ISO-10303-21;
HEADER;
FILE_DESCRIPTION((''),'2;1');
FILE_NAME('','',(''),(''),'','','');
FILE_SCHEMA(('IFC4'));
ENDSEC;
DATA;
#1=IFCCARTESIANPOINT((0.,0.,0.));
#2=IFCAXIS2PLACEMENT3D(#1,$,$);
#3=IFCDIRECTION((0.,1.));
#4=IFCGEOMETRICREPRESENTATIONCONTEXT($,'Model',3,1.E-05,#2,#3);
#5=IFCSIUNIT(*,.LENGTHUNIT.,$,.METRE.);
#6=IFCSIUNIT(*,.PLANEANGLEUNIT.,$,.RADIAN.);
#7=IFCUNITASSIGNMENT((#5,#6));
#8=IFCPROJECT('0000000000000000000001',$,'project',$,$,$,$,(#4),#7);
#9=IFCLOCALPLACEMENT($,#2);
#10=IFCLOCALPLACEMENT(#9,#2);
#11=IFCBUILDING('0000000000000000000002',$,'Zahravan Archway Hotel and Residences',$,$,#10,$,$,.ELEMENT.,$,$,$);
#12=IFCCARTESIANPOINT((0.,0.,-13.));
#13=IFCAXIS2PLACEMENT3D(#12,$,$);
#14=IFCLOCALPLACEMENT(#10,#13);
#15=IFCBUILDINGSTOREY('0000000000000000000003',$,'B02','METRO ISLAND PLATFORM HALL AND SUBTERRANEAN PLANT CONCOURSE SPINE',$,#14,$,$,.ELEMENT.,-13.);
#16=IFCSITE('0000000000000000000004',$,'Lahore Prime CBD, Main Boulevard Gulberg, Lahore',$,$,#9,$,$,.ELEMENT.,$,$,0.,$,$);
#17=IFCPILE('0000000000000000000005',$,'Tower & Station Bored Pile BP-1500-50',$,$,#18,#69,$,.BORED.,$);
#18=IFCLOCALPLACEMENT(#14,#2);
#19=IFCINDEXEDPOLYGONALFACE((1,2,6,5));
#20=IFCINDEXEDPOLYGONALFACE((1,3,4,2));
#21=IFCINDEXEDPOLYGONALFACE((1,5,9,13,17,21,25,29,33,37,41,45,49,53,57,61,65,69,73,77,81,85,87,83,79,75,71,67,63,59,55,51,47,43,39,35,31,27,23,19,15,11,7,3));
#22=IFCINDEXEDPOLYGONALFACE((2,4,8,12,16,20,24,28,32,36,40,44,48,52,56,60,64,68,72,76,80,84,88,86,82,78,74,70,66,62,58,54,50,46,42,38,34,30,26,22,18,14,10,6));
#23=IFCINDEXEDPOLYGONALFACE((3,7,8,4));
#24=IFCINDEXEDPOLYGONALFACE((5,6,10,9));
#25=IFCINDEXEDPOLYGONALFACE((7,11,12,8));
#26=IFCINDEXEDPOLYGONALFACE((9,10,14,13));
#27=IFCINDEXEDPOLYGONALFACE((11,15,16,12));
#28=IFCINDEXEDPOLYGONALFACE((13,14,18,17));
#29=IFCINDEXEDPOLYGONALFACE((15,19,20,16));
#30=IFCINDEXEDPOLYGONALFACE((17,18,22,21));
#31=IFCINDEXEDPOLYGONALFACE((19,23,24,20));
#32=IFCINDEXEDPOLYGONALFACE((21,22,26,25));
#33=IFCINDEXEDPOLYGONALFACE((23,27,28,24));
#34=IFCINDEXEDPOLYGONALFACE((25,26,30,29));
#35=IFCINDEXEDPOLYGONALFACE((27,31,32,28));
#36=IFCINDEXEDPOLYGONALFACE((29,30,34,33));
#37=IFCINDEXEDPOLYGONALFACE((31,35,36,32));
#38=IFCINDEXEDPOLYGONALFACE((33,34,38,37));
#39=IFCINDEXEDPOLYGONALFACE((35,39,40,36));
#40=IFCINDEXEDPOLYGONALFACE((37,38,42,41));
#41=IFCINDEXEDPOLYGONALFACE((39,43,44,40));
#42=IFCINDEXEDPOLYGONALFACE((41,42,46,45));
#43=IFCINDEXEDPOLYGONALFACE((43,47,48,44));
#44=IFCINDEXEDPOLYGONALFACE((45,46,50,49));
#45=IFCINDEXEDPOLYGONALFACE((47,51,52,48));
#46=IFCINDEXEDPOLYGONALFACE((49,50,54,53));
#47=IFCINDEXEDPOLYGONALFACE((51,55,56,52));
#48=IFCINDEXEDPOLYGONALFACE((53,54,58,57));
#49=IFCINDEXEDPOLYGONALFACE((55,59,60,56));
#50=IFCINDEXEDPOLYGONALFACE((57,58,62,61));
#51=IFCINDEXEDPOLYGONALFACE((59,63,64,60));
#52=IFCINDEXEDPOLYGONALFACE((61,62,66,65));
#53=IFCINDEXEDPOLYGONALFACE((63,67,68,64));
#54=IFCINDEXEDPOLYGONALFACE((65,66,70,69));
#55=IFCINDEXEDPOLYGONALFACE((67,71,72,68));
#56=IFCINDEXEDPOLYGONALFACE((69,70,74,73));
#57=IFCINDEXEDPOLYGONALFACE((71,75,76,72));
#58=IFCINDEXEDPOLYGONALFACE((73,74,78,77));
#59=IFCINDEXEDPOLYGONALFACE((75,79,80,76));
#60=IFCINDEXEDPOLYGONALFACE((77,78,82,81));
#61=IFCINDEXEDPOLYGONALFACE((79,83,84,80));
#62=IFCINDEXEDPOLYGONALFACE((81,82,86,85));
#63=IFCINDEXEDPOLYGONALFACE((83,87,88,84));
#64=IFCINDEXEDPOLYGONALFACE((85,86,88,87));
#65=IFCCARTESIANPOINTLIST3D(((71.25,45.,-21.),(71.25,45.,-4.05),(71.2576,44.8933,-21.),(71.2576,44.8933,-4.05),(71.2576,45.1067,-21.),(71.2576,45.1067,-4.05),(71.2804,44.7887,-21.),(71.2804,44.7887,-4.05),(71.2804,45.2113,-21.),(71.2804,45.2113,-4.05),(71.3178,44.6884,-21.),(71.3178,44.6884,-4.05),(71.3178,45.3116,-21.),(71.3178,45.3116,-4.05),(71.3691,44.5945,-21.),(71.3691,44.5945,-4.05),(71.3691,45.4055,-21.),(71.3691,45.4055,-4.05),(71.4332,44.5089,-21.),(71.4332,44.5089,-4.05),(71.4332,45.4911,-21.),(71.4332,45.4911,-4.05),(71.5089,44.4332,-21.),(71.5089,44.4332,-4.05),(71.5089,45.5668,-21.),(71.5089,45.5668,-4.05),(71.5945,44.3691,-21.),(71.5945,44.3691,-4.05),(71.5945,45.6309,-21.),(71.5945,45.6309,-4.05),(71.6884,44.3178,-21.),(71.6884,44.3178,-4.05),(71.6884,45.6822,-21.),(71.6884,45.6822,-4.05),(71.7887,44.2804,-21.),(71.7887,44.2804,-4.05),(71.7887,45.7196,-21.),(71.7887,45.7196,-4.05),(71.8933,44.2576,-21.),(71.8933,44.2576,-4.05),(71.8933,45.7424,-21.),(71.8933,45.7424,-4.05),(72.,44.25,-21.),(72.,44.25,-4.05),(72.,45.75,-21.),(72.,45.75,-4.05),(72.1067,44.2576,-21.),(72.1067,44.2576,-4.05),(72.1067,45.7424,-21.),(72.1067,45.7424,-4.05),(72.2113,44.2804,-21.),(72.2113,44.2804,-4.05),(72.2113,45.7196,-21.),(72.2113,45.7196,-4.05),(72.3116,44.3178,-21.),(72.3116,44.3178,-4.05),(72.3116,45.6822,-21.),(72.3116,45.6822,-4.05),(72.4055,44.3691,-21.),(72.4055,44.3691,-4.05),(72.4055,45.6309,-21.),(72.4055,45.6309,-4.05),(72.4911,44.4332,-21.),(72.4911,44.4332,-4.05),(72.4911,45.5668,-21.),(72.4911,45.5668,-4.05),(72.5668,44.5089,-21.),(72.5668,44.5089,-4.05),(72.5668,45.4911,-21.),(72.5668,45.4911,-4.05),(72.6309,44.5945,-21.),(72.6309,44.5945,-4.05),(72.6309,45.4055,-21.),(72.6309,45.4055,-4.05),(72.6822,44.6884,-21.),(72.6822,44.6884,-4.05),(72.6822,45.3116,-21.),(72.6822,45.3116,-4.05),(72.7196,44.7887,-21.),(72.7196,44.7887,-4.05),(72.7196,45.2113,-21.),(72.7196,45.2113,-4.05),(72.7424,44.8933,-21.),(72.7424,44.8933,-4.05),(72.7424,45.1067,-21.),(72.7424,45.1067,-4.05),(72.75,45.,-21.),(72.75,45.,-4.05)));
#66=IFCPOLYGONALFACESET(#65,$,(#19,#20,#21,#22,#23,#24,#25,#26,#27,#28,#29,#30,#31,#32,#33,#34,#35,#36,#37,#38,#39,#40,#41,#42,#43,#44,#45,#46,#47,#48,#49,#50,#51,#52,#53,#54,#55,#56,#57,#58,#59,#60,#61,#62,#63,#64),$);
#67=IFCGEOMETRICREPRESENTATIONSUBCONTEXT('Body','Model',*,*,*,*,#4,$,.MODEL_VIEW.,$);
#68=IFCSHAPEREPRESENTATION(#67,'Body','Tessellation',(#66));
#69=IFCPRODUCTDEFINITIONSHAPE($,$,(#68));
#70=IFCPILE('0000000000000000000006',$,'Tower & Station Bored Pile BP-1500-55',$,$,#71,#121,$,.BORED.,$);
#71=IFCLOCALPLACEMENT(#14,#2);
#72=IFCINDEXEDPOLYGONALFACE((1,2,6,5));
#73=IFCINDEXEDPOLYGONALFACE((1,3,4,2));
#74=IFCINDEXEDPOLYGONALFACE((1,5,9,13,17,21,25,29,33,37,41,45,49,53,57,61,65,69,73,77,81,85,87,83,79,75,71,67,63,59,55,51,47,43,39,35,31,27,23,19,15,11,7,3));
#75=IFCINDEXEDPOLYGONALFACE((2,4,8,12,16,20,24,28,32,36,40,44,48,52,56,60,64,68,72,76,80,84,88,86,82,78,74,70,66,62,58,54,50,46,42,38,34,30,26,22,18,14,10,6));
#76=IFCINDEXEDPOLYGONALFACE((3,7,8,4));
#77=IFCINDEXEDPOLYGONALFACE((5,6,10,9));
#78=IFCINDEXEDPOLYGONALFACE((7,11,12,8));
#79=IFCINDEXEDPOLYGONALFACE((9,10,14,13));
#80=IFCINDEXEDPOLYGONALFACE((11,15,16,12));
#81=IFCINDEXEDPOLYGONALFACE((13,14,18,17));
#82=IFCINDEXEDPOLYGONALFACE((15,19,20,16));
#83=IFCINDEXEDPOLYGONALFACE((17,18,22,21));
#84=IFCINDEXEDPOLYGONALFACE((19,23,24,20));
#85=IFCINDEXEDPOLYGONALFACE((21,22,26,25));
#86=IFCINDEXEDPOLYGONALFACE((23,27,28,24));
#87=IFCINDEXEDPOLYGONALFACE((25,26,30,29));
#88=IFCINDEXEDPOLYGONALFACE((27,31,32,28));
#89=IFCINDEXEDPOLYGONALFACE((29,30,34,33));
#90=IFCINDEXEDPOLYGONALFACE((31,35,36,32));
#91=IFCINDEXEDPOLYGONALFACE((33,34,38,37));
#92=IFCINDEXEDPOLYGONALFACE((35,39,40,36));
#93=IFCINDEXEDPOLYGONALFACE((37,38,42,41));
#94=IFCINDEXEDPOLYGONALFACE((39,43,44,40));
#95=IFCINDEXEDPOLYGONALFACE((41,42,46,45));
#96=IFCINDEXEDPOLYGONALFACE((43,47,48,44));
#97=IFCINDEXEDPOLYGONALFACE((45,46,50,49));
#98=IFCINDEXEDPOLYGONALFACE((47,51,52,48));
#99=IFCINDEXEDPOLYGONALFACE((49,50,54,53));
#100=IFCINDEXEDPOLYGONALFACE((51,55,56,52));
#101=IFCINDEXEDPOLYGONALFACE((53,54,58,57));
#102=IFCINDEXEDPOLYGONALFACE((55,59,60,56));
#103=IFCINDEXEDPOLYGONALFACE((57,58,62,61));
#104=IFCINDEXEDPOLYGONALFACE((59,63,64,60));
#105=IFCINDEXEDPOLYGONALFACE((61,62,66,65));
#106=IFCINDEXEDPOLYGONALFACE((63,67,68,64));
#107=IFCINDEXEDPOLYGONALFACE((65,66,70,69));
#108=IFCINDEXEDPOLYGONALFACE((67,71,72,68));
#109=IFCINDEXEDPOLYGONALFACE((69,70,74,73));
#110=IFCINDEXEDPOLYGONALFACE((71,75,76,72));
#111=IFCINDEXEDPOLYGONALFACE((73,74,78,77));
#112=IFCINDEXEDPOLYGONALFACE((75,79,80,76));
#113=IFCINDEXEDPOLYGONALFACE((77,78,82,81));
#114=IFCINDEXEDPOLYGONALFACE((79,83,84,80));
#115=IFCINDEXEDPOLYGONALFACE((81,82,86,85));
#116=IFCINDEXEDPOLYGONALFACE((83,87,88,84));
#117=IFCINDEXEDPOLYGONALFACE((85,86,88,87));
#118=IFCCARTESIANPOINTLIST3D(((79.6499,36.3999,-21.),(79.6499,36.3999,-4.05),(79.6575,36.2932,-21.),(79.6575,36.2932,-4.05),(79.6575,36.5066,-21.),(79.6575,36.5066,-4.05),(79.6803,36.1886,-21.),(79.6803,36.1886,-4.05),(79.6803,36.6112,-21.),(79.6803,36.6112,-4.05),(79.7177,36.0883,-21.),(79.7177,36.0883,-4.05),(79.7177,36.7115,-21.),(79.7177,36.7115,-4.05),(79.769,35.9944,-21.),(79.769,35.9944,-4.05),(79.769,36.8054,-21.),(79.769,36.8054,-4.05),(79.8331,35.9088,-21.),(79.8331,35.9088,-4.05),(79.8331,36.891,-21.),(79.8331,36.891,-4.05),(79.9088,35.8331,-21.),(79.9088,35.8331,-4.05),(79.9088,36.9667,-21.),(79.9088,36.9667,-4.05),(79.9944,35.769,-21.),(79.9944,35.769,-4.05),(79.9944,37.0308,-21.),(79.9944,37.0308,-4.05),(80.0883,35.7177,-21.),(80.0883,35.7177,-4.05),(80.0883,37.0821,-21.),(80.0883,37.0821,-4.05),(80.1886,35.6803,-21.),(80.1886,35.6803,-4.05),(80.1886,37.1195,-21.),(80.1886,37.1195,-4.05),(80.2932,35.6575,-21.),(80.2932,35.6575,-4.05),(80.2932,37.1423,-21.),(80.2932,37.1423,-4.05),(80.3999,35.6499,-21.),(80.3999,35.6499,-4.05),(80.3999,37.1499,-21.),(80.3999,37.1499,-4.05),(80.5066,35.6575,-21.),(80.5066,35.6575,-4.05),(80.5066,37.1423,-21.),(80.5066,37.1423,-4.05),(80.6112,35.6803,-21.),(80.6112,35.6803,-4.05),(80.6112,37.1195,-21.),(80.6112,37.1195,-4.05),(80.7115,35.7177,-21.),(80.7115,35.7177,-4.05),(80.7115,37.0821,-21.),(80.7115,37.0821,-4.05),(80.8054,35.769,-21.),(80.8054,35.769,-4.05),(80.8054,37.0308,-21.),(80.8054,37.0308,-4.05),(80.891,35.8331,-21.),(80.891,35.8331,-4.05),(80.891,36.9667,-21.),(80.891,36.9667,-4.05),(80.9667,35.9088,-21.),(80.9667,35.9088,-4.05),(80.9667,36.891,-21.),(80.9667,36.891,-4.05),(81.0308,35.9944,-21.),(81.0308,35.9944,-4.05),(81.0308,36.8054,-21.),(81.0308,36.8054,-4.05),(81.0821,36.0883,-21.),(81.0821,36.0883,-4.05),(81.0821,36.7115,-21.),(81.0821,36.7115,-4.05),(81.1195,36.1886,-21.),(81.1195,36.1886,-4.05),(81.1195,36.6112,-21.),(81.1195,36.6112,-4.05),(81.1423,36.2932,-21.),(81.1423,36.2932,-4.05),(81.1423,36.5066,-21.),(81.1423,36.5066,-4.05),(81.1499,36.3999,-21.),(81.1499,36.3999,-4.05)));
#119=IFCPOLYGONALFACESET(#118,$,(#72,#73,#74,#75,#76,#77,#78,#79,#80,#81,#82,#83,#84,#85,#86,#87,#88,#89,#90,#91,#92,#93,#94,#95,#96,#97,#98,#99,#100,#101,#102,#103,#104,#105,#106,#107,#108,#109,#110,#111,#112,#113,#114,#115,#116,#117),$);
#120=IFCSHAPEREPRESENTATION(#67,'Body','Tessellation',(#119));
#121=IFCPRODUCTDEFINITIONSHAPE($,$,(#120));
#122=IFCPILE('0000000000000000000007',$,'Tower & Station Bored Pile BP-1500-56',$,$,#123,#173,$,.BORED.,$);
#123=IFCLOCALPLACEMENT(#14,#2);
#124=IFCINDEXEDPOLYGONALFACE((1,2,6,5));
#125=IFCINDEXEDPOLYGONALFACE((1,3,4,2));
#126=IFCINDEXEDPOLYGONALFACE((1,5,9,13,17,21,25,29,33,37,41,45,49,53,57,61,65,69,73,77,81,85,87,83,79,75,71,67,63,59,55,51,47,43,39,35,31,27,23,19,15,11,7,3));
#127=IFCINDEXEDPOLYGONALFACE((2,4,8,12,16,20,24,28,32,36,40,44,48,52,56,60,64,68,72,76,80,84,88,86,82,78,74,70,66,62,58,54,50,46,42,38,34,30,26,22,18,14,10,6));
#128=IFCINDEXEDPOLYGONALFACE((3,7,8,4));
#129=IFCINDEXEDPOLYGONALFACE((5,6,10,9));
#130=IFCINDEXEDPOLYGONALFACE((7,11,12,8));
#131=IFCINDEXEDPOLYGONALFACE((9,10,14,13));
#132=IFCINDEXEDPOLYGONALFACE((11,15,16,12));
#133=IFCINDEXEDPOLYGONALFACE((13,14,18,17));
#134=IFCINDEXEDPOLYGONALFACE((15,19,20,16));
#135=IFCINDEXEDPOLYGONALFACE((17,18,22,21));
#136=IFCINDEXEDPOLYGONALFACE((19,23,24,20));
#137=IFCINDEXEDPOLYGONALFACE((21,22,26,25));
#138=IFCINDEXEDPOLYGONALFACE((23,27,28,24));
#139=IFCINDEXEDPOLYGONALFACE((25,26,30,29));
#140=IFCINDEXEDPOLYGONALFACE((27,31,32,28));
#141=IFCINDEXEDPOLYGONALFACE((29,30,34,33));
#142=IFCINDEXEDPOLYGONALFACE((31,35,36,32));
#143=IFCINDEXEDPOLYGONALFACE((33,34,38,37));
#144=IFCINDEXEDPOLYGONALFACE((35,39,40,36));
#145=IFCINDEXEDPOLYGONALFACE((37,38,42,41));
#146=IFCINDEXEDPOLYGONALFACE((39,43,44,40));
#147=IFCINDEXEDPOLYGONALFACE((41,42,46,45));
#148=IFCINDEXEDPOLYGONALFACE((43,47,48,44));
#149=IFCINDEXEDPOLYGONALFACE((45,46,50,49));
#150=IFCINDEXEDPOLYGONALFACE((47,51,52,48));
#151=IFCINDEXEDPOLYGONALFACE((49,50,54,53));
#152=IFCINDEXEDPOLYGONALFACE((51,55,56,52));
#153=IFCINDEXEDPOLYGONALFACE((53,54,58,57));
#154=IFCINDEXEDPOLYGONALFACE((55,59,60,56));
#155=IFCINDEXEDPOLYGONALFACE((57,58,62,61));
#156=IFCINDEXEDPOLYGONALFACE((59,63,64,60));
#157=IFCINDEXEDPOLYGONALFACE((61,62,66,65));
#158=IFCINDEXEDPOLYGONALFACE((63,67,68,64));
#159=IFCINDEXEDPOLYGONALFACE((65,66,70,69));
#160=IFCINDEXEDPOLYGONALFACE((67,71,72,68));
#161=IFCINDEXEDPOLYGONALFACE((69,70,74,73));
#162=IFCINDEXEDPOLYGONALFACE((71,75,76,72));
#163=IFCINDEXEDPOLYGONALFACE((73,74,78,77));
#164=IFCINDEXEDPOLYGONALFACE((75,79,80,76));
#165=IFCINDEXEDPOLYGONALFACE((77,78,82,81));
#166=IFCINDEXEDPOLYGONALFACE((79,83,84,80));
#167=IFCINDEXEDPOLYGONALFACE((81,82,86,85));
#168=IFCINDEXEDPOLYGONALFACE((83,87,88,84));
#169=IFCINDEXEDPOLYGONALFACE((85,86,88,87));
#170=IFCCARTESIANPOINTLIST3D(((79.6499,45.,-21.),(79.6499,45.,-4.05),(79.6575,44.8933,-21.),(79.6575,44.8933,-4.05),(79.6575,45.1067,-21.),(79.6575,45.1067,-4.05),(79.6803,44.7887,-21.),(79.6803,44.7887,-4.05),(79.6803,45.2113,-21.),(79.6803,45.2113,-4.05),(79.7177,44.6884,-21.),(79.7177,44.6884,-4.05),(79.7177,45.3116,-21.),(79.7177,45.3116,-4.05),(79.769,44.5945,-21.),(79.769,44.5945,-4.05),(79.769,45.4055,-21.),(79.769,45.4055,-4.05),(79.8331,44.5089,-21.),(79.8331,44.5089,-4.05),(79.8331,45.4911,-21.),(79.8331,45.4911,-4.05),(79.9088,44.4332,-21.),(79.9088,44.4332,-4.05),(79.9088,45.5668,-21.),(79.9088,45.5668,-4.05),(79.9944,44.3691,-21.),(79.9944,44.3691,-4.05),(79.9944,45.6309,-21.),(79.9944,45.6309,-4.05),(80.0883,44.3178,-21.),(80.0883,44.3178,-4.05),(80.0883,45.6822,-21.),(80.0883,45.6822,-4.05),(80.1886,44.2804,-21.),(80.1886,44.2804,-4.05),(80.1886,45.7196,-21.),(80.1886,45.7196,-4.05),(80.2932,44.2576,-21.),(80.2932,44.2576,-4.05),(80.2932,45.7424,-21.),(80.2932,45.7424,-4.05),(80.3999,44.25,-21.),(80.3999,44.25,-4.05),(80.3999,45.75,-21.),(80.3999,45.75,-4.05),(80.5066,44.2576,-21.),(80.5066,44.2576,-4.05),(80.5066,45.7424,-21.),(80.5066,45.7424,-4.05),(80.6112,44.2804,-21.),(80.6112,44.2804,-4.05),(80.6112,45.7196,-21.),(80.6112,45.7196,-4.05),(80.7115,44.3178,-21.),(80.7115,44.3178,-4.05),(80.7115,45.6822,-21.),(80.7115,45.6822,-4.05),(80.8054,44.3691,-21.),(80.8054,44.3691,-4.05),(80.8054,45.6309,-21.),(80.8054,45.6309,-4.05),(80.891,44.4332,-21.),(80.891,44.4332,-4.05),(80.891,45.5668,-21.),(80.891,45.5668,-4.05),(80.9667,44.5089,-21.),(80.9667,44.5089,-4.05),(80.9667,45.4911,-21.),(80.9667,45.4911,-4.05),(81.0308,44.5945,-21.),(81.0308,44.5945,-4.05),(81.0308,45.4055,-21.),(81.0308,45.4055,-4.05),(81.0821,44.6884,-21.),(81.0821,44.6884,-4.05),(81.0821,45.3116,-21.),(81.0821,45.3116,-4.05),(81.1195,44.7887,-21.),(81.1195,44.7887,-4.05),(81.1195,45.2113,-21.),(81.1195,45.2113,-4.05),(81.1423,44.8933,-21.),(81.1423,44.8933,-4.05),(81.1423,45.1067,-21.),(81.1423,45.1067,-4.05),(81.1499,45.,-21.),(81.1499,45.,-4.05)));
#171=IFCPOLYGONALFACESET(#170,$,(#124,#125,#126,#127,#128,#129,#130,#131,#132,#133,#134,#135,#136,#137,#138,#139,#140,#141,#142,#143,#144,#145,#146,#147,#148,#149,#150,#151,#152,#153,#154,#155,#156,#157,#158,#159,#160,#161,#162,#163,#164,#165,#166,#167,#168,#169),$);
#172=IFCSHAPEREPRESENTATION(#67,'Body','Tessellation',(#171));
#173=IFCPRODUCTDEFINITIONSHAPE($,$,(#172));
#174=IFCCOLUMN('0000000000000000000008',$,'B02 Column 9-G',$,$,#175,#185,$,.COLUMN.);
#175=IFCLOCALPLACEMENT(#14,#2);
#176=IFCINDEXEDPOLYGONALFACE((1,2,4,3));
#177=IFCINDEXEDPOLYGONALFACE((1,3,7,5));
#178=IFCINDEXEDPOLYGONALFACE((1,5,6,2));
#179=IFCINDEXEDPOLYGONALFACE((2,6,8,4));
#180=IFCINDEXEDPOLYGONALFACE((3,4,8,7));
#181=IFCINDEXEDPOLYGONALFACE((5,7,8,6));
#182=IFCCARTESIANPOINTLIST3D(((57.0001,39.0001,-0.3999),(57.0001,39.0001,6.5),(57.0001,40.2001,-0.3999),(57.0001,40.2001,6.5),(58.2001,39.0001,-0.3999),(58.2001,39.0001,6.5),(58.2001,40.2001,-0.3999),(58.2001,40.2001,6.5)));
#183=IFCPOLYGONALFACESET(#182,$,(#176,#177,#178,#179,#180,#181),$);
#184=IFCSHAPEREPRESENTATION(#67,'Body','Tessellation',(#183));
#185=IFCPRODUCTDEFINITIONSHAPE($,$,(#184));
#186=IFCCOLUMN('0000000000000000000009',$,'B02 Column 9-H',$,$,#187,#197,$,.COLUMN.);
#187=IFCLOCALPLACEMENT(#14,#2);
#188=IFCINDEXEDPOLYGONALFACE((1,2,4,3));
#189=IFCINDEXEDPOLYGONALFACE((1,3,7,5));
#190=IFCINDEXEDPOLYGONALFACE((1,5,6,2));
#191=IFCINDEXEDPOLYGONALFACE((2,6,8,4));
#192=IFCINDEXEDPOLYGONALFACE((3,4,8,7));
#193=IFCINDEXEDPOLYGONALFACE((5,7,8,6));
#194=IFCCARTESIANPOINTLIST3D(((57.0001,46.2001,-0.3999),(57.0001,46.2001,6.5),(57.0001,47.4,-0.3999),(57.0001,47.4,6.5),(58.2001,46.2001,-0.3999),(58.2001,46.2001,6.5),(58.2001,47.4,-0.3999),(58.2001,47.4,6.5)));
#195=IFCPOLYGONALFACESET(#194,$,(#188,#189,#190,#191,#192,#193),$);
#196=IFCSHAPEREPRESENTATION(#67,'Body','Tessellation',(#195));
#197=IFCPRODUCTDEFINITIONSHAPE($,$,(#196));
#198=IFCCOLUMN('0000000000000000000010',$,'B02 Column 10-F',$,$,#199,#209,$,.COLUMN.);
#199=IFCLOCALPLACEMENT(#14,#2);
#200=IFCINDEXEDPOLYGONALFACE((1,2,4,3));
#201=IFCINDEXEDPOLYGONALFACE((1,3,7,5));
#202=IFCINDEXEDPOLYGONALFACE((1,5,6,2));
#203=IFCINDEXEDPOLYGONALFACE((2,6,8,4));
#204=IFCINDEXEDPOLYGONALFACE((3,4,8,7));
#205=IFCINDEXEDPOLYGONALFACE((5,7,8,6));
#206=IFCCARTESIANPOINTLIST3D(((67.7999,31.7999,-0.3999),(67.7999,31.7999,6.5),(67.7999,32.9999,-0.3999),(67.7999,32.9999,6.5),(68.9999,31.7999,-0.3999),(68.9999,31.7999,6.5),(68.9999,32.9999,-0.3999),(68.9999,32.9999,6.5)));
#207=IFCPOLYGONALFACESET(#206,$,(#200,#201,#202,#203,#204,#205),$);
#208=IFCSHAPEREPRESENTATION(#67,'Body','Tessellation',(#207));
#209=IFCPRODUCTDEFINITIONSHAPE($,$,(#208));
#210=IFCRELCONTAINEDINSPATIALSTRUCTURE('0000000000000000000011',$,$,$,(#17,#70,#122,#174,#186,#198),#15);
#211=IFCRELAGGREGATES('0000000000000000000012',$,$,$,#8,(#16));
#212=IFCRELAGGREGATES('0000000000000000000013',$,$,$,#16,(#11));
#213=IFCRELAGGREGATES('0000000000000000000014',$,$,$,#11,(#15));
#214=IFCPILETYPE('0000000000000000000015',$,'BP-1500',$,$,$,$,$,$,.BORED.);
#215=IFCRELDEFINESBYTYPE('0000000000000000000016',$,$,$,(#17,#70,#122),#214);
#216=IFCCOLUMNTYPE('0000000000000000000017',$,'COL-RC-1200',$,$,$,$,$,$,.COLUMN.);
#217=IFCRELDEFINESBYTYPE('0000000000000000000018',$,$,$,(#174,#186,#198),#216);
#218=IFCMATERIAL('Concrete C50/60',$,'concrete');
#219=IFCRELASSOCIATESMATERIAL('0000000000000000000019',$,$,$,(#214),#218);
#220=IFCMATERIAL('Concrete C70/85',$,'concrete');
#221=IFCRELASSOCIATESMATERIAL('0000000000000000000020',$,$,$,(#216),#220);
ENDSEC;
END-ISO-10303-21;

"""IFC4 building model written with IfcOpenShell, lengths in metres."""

from ifc_helpers import new_model, si_unit, direction, frame, origin, origin_2d, place, context, subcontext, project, spatial, rectangle, circle, extrude, source, transform, mapped, material, material_profile, profile_set, type_object, type_shapes, element, save


model = new_model("IFC4")

# Units and contexts
model_context = context("Model", 3, precision=1e-05, world=origin(), true_north=direction((0.0, 1.0)))
body_context = subcontext(model_context, "Body", "Model", "MODEL_VIEW")
ifc_project = project(units=[si_unit("LENGTHUNIT", "METRE"), si_unit("PLANEANGLEUNIT", "RADIAN")], contexts=[model_context])

# Site, building, storey
site_placement = place(None, origin())
site = spatial("IfcSite", under=ifc_project, at=site_placement, Name="Lahore Prime CBD, Main Boulevard Gulberg, Lahore", CompositionType="ELEMENT", RefElevation=0.0)
building_placement = place(site_placement, origin())
building = spatial("IfcBuilding", under=site, at=building_placement, Name="Zahravan Archway Hotel and Residences", CompositionType="ELEMENT")
storey_placement = place(building_placement, frame((0.0, 0.0, -13.0)))
storey = spatial("IfcBuildingStorey", under=building, at=storey_placement, Name="B02", Description="METRO ISLAND PLATFORM HALL AND SUBTERRANEAN PLANT CONCOURSE SPINE", CompositionType="ELEMENT", Elevation=-13.0)

# Piles
ifc_material_1 = material(Name="Concrete C50/60", Category="concrete")
ifc_material_profile_1 = material_profile(ifc_material_1, circle(Radius=0.75, at=origin_2d()), Name="PILE D1500", Category="concrete")
ifc_profile_set_1 = profile_set([ifc_material_profile_1], Name="Concrete C50/60")
pile_type = type_object("IfcPileType", Name="BP-1500", PredefinedType="BORED", material=ifc_profile_set_1)
shared_shape_1 = source(origin(), body_context, "Body", "SweptSolid", [
    extrude(circle(Radius=0.75, at=origin_2d()), origin(), (0.0, 0.0, 1.0), 16.95),
])
type_shapes(pile_type, [shared_shape_1])
for number, where, z_axis, x_axis, name in (
    (1, (72.0, 45.0, -4.05), (0.0, 0.0, -1.0), (1.0, 0.0, 0.0), "Tower & Station Bored Pile BP-1500-50"),
    (2, (80.3999, 36.3999, -4.05), (0.0, 0.0, -1.0), (1.0, 0.0, 0.0), "Tower & Station Bored Pile BP-1500-55"),
    (3, (80.3999, 45.0, -4.05), (0.0, 0.0, -1.0), (1.0, 0.0, 0.0), "Tower & Station Bored Pile BP-1500-56"),
):
    element("IfcPile", number, at=place(storey_placement, frame(where, z_axis=z_axis, x_axis=x_axis)), inside=storey, type_object=pile_type, Name=name, PredefinedType="BORED", context=body_context, shape_type="MappedRepresentation", body=[
        mapped(shared_shape_1, transform((0.0, 0.0, 0.0), scale=1.0)),
    ])

# Columns
ifc_material_2 = material(Name="Concrete C70/85", Category="concrete")
ifc_material_profile_2 = material_profile(ifc_material_2, rectangle(XDim=1.2, YDim=1.2, at=origin_2d()), Name="RC-COL-1200x1200", Category="concrete")
ifc_profile_set_2 = profile_set([ifc_material_profile_2], Name="Concrete C70/85")
column_type_1 = type_object("IfcColumnType", Name="COL-RC-1200", PredefinedType="COLUMN", material=ifc_profile_set_2)
shared_shape_2 = source(origin(), body_context, "Body", "SweptSolid", [
    extrude(rectangle(XDim=1.2, YDim=1.2, at=origin_2d()), origin(), (0.0, 0.0, 1.0), 6.8999),
])
type_shapes(column_type_1, [shared_shape_2])
for number, where, z_axis, x_axis, name in (
    (4, (57.6001, 39.6001, -0.3999), (0.0, 0.0, 1.0), (1.0, 0.0, 0.0), "B02 Column 9-G"),
    (5, (57.6001, 46.8, -0.3999), (0.0, 0.0, 1.0), (1.0, 0.0, 0.0), "B02 Column 9-H"),
    (6, (68.3999, 32.3999, -0.3999), (0.0, 0.0, 1.0), (1.0, 0.0, 0.0), "B02 Column 10-F"),
):
    element("IfcColumn", number, at=place(storey_placement, frame(where, z_axis=z_axis, x_axis=x_axis)), inside=storey, type_object=column_type_1, Name=name, PredefinedType="COLUMN", context=body_context, shape_type="MappedRepresentation", body=[
        mapped(shared_shape_2, transform((0.0, 0.0, 0.0), scale=1.0)),
    ])

save(model, "model.ifc")
